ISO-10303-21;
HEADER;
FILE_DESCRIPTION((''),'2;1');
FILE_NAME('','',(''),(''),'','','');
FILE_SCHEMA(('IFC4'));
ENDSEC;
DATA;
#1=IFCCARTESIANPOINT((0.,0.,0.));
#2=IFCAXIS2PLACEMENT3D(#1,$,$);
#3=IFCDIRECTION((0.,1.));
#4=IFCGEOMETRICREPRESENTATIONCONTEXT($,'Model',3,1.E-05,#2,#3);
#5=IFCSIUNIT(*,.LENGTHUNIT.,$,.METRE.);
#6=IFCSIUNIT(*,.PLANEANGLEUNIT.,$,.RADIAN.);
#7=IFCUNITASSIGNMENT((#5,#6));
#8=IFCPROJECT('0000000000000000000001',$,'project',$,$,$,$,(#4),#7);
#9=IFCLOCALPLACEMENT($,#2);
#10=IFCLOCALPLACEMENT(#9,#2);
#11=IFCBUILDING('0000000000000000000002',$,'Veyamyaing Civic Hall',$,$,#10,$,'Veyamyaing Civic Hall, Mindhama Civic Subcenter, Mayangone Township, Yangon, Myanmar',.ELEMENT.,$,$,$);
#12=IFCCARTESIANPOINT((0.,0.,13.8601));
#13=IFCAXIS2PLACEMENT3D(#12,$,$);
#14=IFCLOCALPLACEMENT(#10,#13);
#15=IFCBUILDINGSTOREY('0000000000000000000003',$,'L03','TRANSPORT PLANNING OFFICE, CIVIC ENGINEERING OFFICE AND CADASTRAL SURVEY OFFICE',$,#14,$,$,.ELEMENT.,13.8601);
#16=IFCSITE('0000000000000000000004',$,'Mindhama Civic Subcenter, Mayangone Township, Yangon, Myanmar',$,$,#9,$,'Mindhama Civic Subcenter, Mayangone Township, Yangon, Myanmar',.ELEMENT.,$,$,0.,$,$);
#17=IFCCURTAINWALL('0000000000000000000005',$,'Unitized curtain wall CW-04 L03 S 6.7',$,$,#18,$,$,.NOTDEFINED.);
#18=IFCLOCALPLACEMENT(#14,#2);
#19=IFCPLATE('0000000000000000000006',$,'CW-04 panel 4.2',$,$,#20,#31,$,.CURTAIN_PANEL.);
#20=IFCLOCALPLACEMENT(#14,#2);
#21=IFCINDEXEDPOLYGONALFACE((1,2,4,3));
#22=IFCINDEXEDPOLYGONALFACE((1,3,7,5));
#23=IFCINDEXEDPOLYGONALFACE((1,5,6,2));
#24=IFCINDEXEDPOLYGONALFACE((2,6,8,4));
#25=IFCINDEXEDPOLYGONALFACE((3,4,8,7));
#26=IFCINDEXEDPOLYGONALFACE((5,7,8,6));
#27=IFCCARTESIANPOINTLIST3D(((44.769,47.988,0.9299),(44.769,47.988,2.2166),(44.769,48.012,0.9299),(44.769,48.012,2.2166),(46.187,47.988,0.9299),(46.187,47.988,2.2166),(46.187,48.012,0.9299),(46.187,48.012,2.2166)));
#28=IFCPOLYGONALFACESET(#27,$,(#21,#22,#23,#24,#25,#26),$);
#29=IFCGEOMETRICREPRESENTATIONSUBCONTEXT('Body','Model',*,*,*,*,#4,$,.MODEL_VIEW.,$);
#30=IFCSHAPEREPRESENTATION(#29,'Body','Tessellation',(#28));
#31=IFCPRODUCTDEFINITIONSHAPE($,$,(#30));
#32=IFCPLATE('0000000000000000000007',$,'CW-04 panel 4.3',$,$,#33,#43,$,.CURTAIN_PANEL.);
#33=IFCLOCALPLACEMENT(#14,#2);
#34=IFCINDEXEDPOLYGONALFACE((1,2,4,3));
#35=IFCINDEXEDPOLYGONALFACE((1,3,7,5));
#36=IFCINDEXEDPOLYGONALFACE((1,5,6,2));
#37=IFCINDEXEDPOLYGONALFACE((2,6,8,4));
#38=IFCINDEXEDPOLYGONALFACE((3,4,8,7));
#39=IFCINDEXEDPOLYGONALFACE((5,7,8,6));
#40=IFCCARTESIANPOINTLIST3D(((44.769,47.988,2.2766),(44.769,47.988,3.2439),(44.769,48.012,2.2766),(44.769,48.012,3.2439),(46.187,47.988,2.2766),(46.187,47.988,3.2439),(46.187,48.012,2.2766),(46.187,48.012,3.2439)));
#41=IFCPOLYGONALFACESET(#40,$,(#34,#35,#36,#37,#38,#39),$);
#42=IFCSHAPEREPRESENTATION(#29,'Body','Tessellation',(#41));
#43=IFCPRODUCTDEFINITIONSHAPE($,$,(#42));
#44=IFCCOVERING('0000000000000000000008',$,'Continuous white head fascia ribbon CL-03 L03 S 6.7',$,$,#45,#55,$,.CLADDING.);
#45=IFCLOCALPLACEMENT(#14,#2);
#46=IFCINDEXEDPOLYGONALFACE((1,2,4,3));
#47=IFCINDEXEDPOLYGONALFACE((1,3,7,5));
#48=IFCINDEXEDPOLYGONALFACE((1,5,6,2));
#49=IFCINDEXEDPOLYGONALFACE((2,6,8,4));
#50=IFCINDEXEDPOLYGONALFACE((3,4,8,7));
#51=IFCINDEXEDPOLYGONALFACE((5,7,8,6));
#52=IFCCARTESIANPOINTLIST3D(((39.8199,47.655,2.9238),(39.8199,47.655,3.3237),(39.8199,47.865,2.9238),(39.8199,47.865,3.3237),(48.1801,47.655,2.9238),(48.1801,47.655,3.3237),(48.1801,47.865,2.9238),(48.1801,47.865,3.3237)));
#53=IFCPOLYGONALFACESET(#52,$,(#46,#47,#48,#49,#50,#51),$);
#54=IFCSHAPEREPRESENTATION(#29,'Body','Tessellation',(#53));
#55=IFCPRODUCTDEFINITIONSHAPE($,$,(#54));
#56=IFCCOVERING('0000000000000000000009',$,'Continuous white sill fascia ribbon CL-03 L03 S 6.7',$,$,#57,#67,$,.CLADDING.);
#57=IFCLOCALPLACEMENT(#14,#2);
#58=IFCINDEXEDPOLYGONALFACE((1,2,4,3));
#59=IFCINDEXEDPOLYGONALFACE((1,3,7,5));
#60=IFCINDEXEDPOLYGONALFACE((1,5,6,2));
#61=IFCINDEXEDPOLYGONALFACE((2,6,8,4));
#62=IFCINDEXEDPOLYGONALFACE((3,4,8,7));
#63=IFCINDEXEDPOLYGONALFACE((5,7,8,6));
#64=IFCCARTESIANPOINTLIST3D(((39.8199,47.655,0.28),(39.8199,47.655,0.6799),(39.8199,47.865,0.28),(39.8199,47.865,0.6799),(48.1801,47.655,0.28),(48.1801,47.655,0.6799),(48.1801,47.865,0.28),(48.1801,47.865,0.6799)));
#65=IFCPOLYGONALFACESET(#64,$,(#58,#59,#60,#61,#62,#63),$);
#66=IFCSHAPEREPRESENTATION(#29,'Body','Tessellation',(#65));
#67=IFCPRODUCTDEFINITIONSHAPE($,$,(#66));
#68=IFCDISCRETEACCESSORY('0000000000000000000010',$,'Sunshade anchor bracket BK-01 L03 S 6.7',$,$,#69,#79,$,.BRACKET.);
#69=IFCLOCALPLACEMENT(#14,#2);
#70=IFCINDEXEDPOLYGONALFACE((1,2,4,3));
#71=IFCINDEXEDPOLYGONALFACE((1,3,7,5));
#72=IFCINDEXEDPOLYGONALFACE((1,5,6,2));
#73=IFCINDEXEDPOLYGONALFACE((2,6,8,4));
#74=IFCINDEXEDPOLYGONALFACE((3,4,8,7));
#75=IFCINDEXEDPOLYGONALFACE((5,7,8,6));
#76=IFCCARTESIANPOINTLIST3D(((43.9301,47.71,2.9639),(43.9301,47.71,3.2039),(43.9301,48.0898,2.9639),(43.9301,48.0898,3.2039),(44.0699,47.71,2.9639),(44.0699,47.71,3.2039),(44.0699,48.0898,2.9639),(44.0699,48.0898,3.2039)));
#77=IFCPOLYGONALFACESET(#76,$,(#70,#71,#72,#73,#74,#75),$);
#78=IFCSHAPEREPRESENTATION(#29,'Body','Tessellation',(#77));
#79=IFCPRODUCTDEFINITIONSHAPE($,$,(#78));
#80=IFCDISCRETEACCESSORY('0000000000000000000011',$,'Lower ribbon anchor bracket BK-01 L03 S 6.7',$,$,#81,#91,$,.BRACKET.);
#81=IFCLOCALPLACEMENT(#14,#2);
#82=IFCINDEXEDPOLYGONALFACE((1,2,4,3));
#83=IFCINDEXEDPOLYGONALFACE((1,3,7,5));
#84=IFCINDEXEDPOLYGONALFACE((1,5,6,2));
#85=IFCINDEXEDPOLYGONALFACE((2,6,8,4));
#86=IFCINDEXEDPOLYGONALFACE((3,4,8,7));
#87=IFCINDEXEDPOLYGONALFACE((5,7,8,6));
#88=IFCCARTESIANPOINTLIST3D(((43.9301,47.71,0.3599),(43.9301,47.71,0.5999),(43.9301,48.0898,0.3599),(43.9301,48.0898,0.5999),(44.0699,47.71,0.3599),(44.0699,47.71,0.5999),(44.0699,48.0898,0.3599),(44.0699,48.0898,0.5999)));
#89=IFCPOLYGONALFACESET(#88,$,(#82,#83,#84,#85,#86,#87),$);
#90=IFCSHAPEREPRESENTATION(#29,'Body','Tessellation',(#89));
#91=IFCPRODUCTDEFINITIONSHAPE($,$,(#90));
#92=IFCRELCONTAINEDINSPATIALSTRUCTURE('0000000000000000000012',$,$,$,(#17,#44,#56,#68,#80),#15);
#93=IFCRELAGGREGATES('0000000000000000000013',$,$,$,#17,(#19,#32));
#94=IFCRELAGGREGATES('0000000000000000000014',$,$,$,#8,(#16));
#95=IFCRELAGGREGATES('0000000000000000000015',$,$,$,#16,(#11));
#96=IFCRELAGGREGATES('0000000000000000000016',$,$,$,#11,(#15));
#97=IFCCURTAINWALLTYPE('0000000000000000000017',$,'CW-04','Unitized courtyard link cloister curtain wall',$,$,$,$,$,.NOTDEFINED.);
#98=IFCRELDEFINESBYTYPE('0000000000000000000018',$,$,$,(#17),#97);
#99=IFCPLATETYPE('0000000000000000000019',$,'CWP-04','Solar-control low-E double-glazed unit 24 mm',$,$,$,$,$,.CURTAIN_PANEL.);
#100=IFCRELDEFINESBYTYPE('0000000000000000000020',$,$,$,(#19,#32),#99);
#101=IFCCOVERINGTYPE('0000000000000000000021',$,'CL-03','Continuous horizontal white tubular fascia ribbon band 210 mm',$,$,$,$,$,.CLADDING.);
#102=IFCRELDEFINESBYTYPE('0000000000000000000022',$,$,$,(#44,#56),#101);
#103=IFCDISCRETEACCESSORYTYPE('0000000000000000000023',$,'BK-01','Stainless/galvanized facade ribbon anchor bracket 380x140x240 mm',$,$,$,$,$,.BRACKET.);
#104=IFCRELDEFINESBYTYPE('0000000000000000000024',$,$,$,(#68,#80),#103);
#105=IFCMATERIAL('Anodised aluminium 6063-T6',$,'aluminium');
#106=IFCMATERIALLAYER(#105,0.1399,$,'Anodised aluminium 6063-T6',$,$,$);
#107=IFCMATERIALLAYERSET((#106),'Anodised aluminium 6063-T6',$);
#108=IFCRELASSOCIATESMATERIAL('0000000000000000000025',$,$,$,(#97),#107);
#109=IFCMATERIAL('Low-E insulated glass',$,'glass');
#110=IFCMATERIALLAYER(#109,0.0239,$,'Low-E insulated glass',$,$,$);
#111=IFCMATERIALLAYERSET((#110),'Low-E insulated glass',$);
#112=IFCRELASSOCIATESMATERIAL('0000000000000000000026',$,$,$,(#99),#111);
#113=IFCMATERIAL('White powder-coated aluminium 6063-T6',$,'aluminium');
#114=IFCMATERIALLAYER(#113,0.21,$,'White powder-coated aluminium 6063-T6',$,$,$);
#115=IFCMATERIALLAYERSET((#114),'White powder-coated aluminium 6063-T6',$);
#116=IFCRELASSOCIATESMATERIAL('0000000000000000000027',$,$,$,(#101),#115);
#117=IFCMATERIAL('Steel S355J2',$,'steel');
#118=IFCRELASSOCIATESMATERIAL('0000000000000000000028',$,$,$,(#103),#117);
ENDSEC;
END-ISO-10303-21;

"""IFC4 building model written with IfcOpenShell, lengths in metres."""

from ifc_helpers import new_model, si_unit, direction, frame, origin, origin_2d, place, context, subcontext, project, spatial, rectangle, extrude, material, layer, layer_set, type_object, element, aggregate, save


model = new_model("IFC4")

# Units and contexts
model_context = context("Model", 3, precision=1e-05, world=origin(), true_north=direction((0.0, 1.0)))
body_context = subcontext(model_context, "Body", "Model", "MODEL_VIEW")
ifc_project = project(units=[si_unit("LENGTHUNIT", "METRE"), si_unit("PLANEANGLEUNIT", "RADIAN")], contexts=[model_context])

# Site, building, storey
site_placement = place(None, origin())
site = spatial("IfcSite", under=ifc_project, at=site_placement, Name="Mindhama Civic Subcenter, Mayangone Township, Yangon, Myanmar", LongName="Mindhama Civic Subcenter, Mayangone Township, Yangon, Myanmar", CompositionType="ELEMENT", RefElevation=0.0)
building_placement = place(site_placement, origin())
building = spatial("IfcBuilding", under=site, at=building_placement, Name="Veyamyaing Civic Hall", LongName="Veyamyaing Civic Hall, Mindhama Civic Subcenter, Mayangone Township, Yangon, Myanmar", CompositionType="ELEMENT")
storey_placement = place(building_placement, frame((0.0, 0.0, 13.8601)))
storey = spatial("IfcBuildingStorey", under=building, at=storey_placement, Name="L03", Description="TRANSPORT PLANNING OFFICE, CIVIC ENGINEERING OFFICE AND CADASTRAL SURVEY OFFICE", CompositionType="ELEMENT", Elevation=13.8601)

# Curtain wall, plates
ifc_material_1 = material(Name="Anodised aluminium 6063-T6", Category="aluminium")
ifc_layer_1 = layer(ifc_material_1, 0.1399, Name="Anodised aluminium 6063-T6")
ifc_layer_set_1 = layer_set([ifc_layer_1], Name="Anodised aluminium 6063-T6")
curtain_wall_type = type_object("IfcCurtainWallType", Name="CW-04", Description="Unitized courtyard link cloister curtain wall", PredefinedType="NOTDEFINED", material=ifc_layer_set_1)
curtain_wall_placement = place(storey_placement, origin())
curtain_wall = element("IfcCurtainWall", 1, at=curtain_wall_placement, inside=storey, type_object=curtain_wall_type, Name="Unitized curtain wall CW-04 L03 S 6.7", PredefinedType="NOTDEFINED")
ifc_material_2 = material(Name="Low-E insulated glass", Category="glass")
ifc_layer_2 = layer(ifc_material_2, 0.0239, Name="Low-E insulated glass")
ifc_layer_set_2 = layer_set([ifc_layer_2], Name="Low-E insulated glass")
plate_type = type_object("IfcPlateType", Name="CWP-04", Description="Solar-control low-E double-glazed unit 24 mm", PredefinedType="CURTAIN_PANEL", material=ifc_layer_set_2)
plate_1_placement = place(storey_placement, frame((45.478, 48.0, 0.9299), z_axis=(0.0, 0.0, 1.0), x_axis=(1.0, 0.0, 0.0)))
plate_1 = element("IfcPlate", 2, at=plate_1_placement, type_object=plate_type, Name="CW-04 panel 4.2", PredefinedType="CURTAIN_PANEL", context=body_context, shape_type="SweptSolid", body=[
    extrude(rectangle(XDim=1.418, YDim=0.0239, at=origin_2d()), origin(), (0.0, 0.0, 1.0), 1.2866),
])
plate_2_placement = place(storey_placement, frame((45.478, 48.0, 2.2766), z_axis=(0.0, 0.0, 1.0), x_axis=(1.0, 0.0, 0.0)))
plate_2 = element("IfcPlate", 3, at=plate_2_placement, type_object=plate_type, Name="CW-04 panel 4.3", PredefinedType="CURTAIN_PANEL", context=body_context, shape_type="SweptSolid", body=[
    extrude(rectangle(XDim=1.418, YDim=0.0239, at=origin_2d()), origin(), (0.0, 0.0, 1.0), 0.9673),
])
aggregate(curtain_wall, [plate_1, plate_2])

# Coverings
ifc_material_3 = material(Name="White powder-coated aluminium 6063-T6", Category="aluminium")
ifc_layer_3 = layer(ifc_material_3, 0.21, Name="White powder-coated aluminium 6063-T6")
ifc_layer_set_3 = layer_set([ifc_layer_3], Name="White powder-coated aluminium 6063-T6")
covering_type = type_object("IfcCoveringType", Name="CL-03", Description="Continuous horizontal white tubular fascia ribbon band 210 mm", PredefinedType="CLADDING", material=ifc_layer_set_3)
for number, where, z_axis, x_axis, name in (
    (4, (44.0, 47.76, 2.9238), (0.0, 0.0, 1.0), (1.0, 0.0, 0.0), "Continuous white head fascia ribbon CL-03 L03 S 6.7"),
    (5, (44.0, 47.76, 0.28), (0.0, 0.0, 1.0), (1.0, 0.0, 0.0), "Continuous white sill fascia ribbon CL-03 L03 S 6.7"),
):
    element("IfcCovering", number, at=place(storey_placement, frame(where, z_axis=z_axis, x_axis=x_axis)), inside=storey, type_object=covering_type, Name=name, PredefinedType="CLADDING", context=body_context, shape_type="SweptSolid", body=[
        extrude(rectangle(XDim=8.3601, YDim=0.21, at=origin_2d()), origin(), (0.0, 0.0, 1.0), 0.3999),
    ])

# Discrete accessories
ifc_material_4 = material(Name="Steel S355J2", Category="steel")
discrete_accessory_type = type_object("IfcDiscreteAccessoryType", Name="BK-01", Description="Stainless/galvanized facade ribbon anchor bracket 380x140x240 mm", PredefinedType="BRACKET", material=ifc_material_4)
for number, where, z_axis, x_axis, name in (
    (6, (44.0, 47.8999, 2.9639), (0.0, 0.0, 1.0), (0.0, -1.0, 0.0), "Sunshade anchor bracket BK-01 L03 S 6.7"),
    (7, (44.0, 47.8999, 0.3599), (0.0, 0.0, 1.0), (0.0, -1.0, 0.0), "Lower ribbon anchor bracket BK-01 L03 S 6.7"),
):
    element("IfcDiscreteAccessory", number, at=place(storey_placement, frame(where, z_axis=z_axis, x_axis=x_axis)), inside=storey, type_object=discrete_accessory_type, Name=name, PredefinedType="BRACKET", context=body_context, shape_type="SweptSolid", body=[
        extrude(rectangle(XDim=0.3799, YDim=0.1399, at=origin_2d()), origin(), (0.0, 0.0, 1.0), 0.24),
    ])

save(model, "model.ifc")
